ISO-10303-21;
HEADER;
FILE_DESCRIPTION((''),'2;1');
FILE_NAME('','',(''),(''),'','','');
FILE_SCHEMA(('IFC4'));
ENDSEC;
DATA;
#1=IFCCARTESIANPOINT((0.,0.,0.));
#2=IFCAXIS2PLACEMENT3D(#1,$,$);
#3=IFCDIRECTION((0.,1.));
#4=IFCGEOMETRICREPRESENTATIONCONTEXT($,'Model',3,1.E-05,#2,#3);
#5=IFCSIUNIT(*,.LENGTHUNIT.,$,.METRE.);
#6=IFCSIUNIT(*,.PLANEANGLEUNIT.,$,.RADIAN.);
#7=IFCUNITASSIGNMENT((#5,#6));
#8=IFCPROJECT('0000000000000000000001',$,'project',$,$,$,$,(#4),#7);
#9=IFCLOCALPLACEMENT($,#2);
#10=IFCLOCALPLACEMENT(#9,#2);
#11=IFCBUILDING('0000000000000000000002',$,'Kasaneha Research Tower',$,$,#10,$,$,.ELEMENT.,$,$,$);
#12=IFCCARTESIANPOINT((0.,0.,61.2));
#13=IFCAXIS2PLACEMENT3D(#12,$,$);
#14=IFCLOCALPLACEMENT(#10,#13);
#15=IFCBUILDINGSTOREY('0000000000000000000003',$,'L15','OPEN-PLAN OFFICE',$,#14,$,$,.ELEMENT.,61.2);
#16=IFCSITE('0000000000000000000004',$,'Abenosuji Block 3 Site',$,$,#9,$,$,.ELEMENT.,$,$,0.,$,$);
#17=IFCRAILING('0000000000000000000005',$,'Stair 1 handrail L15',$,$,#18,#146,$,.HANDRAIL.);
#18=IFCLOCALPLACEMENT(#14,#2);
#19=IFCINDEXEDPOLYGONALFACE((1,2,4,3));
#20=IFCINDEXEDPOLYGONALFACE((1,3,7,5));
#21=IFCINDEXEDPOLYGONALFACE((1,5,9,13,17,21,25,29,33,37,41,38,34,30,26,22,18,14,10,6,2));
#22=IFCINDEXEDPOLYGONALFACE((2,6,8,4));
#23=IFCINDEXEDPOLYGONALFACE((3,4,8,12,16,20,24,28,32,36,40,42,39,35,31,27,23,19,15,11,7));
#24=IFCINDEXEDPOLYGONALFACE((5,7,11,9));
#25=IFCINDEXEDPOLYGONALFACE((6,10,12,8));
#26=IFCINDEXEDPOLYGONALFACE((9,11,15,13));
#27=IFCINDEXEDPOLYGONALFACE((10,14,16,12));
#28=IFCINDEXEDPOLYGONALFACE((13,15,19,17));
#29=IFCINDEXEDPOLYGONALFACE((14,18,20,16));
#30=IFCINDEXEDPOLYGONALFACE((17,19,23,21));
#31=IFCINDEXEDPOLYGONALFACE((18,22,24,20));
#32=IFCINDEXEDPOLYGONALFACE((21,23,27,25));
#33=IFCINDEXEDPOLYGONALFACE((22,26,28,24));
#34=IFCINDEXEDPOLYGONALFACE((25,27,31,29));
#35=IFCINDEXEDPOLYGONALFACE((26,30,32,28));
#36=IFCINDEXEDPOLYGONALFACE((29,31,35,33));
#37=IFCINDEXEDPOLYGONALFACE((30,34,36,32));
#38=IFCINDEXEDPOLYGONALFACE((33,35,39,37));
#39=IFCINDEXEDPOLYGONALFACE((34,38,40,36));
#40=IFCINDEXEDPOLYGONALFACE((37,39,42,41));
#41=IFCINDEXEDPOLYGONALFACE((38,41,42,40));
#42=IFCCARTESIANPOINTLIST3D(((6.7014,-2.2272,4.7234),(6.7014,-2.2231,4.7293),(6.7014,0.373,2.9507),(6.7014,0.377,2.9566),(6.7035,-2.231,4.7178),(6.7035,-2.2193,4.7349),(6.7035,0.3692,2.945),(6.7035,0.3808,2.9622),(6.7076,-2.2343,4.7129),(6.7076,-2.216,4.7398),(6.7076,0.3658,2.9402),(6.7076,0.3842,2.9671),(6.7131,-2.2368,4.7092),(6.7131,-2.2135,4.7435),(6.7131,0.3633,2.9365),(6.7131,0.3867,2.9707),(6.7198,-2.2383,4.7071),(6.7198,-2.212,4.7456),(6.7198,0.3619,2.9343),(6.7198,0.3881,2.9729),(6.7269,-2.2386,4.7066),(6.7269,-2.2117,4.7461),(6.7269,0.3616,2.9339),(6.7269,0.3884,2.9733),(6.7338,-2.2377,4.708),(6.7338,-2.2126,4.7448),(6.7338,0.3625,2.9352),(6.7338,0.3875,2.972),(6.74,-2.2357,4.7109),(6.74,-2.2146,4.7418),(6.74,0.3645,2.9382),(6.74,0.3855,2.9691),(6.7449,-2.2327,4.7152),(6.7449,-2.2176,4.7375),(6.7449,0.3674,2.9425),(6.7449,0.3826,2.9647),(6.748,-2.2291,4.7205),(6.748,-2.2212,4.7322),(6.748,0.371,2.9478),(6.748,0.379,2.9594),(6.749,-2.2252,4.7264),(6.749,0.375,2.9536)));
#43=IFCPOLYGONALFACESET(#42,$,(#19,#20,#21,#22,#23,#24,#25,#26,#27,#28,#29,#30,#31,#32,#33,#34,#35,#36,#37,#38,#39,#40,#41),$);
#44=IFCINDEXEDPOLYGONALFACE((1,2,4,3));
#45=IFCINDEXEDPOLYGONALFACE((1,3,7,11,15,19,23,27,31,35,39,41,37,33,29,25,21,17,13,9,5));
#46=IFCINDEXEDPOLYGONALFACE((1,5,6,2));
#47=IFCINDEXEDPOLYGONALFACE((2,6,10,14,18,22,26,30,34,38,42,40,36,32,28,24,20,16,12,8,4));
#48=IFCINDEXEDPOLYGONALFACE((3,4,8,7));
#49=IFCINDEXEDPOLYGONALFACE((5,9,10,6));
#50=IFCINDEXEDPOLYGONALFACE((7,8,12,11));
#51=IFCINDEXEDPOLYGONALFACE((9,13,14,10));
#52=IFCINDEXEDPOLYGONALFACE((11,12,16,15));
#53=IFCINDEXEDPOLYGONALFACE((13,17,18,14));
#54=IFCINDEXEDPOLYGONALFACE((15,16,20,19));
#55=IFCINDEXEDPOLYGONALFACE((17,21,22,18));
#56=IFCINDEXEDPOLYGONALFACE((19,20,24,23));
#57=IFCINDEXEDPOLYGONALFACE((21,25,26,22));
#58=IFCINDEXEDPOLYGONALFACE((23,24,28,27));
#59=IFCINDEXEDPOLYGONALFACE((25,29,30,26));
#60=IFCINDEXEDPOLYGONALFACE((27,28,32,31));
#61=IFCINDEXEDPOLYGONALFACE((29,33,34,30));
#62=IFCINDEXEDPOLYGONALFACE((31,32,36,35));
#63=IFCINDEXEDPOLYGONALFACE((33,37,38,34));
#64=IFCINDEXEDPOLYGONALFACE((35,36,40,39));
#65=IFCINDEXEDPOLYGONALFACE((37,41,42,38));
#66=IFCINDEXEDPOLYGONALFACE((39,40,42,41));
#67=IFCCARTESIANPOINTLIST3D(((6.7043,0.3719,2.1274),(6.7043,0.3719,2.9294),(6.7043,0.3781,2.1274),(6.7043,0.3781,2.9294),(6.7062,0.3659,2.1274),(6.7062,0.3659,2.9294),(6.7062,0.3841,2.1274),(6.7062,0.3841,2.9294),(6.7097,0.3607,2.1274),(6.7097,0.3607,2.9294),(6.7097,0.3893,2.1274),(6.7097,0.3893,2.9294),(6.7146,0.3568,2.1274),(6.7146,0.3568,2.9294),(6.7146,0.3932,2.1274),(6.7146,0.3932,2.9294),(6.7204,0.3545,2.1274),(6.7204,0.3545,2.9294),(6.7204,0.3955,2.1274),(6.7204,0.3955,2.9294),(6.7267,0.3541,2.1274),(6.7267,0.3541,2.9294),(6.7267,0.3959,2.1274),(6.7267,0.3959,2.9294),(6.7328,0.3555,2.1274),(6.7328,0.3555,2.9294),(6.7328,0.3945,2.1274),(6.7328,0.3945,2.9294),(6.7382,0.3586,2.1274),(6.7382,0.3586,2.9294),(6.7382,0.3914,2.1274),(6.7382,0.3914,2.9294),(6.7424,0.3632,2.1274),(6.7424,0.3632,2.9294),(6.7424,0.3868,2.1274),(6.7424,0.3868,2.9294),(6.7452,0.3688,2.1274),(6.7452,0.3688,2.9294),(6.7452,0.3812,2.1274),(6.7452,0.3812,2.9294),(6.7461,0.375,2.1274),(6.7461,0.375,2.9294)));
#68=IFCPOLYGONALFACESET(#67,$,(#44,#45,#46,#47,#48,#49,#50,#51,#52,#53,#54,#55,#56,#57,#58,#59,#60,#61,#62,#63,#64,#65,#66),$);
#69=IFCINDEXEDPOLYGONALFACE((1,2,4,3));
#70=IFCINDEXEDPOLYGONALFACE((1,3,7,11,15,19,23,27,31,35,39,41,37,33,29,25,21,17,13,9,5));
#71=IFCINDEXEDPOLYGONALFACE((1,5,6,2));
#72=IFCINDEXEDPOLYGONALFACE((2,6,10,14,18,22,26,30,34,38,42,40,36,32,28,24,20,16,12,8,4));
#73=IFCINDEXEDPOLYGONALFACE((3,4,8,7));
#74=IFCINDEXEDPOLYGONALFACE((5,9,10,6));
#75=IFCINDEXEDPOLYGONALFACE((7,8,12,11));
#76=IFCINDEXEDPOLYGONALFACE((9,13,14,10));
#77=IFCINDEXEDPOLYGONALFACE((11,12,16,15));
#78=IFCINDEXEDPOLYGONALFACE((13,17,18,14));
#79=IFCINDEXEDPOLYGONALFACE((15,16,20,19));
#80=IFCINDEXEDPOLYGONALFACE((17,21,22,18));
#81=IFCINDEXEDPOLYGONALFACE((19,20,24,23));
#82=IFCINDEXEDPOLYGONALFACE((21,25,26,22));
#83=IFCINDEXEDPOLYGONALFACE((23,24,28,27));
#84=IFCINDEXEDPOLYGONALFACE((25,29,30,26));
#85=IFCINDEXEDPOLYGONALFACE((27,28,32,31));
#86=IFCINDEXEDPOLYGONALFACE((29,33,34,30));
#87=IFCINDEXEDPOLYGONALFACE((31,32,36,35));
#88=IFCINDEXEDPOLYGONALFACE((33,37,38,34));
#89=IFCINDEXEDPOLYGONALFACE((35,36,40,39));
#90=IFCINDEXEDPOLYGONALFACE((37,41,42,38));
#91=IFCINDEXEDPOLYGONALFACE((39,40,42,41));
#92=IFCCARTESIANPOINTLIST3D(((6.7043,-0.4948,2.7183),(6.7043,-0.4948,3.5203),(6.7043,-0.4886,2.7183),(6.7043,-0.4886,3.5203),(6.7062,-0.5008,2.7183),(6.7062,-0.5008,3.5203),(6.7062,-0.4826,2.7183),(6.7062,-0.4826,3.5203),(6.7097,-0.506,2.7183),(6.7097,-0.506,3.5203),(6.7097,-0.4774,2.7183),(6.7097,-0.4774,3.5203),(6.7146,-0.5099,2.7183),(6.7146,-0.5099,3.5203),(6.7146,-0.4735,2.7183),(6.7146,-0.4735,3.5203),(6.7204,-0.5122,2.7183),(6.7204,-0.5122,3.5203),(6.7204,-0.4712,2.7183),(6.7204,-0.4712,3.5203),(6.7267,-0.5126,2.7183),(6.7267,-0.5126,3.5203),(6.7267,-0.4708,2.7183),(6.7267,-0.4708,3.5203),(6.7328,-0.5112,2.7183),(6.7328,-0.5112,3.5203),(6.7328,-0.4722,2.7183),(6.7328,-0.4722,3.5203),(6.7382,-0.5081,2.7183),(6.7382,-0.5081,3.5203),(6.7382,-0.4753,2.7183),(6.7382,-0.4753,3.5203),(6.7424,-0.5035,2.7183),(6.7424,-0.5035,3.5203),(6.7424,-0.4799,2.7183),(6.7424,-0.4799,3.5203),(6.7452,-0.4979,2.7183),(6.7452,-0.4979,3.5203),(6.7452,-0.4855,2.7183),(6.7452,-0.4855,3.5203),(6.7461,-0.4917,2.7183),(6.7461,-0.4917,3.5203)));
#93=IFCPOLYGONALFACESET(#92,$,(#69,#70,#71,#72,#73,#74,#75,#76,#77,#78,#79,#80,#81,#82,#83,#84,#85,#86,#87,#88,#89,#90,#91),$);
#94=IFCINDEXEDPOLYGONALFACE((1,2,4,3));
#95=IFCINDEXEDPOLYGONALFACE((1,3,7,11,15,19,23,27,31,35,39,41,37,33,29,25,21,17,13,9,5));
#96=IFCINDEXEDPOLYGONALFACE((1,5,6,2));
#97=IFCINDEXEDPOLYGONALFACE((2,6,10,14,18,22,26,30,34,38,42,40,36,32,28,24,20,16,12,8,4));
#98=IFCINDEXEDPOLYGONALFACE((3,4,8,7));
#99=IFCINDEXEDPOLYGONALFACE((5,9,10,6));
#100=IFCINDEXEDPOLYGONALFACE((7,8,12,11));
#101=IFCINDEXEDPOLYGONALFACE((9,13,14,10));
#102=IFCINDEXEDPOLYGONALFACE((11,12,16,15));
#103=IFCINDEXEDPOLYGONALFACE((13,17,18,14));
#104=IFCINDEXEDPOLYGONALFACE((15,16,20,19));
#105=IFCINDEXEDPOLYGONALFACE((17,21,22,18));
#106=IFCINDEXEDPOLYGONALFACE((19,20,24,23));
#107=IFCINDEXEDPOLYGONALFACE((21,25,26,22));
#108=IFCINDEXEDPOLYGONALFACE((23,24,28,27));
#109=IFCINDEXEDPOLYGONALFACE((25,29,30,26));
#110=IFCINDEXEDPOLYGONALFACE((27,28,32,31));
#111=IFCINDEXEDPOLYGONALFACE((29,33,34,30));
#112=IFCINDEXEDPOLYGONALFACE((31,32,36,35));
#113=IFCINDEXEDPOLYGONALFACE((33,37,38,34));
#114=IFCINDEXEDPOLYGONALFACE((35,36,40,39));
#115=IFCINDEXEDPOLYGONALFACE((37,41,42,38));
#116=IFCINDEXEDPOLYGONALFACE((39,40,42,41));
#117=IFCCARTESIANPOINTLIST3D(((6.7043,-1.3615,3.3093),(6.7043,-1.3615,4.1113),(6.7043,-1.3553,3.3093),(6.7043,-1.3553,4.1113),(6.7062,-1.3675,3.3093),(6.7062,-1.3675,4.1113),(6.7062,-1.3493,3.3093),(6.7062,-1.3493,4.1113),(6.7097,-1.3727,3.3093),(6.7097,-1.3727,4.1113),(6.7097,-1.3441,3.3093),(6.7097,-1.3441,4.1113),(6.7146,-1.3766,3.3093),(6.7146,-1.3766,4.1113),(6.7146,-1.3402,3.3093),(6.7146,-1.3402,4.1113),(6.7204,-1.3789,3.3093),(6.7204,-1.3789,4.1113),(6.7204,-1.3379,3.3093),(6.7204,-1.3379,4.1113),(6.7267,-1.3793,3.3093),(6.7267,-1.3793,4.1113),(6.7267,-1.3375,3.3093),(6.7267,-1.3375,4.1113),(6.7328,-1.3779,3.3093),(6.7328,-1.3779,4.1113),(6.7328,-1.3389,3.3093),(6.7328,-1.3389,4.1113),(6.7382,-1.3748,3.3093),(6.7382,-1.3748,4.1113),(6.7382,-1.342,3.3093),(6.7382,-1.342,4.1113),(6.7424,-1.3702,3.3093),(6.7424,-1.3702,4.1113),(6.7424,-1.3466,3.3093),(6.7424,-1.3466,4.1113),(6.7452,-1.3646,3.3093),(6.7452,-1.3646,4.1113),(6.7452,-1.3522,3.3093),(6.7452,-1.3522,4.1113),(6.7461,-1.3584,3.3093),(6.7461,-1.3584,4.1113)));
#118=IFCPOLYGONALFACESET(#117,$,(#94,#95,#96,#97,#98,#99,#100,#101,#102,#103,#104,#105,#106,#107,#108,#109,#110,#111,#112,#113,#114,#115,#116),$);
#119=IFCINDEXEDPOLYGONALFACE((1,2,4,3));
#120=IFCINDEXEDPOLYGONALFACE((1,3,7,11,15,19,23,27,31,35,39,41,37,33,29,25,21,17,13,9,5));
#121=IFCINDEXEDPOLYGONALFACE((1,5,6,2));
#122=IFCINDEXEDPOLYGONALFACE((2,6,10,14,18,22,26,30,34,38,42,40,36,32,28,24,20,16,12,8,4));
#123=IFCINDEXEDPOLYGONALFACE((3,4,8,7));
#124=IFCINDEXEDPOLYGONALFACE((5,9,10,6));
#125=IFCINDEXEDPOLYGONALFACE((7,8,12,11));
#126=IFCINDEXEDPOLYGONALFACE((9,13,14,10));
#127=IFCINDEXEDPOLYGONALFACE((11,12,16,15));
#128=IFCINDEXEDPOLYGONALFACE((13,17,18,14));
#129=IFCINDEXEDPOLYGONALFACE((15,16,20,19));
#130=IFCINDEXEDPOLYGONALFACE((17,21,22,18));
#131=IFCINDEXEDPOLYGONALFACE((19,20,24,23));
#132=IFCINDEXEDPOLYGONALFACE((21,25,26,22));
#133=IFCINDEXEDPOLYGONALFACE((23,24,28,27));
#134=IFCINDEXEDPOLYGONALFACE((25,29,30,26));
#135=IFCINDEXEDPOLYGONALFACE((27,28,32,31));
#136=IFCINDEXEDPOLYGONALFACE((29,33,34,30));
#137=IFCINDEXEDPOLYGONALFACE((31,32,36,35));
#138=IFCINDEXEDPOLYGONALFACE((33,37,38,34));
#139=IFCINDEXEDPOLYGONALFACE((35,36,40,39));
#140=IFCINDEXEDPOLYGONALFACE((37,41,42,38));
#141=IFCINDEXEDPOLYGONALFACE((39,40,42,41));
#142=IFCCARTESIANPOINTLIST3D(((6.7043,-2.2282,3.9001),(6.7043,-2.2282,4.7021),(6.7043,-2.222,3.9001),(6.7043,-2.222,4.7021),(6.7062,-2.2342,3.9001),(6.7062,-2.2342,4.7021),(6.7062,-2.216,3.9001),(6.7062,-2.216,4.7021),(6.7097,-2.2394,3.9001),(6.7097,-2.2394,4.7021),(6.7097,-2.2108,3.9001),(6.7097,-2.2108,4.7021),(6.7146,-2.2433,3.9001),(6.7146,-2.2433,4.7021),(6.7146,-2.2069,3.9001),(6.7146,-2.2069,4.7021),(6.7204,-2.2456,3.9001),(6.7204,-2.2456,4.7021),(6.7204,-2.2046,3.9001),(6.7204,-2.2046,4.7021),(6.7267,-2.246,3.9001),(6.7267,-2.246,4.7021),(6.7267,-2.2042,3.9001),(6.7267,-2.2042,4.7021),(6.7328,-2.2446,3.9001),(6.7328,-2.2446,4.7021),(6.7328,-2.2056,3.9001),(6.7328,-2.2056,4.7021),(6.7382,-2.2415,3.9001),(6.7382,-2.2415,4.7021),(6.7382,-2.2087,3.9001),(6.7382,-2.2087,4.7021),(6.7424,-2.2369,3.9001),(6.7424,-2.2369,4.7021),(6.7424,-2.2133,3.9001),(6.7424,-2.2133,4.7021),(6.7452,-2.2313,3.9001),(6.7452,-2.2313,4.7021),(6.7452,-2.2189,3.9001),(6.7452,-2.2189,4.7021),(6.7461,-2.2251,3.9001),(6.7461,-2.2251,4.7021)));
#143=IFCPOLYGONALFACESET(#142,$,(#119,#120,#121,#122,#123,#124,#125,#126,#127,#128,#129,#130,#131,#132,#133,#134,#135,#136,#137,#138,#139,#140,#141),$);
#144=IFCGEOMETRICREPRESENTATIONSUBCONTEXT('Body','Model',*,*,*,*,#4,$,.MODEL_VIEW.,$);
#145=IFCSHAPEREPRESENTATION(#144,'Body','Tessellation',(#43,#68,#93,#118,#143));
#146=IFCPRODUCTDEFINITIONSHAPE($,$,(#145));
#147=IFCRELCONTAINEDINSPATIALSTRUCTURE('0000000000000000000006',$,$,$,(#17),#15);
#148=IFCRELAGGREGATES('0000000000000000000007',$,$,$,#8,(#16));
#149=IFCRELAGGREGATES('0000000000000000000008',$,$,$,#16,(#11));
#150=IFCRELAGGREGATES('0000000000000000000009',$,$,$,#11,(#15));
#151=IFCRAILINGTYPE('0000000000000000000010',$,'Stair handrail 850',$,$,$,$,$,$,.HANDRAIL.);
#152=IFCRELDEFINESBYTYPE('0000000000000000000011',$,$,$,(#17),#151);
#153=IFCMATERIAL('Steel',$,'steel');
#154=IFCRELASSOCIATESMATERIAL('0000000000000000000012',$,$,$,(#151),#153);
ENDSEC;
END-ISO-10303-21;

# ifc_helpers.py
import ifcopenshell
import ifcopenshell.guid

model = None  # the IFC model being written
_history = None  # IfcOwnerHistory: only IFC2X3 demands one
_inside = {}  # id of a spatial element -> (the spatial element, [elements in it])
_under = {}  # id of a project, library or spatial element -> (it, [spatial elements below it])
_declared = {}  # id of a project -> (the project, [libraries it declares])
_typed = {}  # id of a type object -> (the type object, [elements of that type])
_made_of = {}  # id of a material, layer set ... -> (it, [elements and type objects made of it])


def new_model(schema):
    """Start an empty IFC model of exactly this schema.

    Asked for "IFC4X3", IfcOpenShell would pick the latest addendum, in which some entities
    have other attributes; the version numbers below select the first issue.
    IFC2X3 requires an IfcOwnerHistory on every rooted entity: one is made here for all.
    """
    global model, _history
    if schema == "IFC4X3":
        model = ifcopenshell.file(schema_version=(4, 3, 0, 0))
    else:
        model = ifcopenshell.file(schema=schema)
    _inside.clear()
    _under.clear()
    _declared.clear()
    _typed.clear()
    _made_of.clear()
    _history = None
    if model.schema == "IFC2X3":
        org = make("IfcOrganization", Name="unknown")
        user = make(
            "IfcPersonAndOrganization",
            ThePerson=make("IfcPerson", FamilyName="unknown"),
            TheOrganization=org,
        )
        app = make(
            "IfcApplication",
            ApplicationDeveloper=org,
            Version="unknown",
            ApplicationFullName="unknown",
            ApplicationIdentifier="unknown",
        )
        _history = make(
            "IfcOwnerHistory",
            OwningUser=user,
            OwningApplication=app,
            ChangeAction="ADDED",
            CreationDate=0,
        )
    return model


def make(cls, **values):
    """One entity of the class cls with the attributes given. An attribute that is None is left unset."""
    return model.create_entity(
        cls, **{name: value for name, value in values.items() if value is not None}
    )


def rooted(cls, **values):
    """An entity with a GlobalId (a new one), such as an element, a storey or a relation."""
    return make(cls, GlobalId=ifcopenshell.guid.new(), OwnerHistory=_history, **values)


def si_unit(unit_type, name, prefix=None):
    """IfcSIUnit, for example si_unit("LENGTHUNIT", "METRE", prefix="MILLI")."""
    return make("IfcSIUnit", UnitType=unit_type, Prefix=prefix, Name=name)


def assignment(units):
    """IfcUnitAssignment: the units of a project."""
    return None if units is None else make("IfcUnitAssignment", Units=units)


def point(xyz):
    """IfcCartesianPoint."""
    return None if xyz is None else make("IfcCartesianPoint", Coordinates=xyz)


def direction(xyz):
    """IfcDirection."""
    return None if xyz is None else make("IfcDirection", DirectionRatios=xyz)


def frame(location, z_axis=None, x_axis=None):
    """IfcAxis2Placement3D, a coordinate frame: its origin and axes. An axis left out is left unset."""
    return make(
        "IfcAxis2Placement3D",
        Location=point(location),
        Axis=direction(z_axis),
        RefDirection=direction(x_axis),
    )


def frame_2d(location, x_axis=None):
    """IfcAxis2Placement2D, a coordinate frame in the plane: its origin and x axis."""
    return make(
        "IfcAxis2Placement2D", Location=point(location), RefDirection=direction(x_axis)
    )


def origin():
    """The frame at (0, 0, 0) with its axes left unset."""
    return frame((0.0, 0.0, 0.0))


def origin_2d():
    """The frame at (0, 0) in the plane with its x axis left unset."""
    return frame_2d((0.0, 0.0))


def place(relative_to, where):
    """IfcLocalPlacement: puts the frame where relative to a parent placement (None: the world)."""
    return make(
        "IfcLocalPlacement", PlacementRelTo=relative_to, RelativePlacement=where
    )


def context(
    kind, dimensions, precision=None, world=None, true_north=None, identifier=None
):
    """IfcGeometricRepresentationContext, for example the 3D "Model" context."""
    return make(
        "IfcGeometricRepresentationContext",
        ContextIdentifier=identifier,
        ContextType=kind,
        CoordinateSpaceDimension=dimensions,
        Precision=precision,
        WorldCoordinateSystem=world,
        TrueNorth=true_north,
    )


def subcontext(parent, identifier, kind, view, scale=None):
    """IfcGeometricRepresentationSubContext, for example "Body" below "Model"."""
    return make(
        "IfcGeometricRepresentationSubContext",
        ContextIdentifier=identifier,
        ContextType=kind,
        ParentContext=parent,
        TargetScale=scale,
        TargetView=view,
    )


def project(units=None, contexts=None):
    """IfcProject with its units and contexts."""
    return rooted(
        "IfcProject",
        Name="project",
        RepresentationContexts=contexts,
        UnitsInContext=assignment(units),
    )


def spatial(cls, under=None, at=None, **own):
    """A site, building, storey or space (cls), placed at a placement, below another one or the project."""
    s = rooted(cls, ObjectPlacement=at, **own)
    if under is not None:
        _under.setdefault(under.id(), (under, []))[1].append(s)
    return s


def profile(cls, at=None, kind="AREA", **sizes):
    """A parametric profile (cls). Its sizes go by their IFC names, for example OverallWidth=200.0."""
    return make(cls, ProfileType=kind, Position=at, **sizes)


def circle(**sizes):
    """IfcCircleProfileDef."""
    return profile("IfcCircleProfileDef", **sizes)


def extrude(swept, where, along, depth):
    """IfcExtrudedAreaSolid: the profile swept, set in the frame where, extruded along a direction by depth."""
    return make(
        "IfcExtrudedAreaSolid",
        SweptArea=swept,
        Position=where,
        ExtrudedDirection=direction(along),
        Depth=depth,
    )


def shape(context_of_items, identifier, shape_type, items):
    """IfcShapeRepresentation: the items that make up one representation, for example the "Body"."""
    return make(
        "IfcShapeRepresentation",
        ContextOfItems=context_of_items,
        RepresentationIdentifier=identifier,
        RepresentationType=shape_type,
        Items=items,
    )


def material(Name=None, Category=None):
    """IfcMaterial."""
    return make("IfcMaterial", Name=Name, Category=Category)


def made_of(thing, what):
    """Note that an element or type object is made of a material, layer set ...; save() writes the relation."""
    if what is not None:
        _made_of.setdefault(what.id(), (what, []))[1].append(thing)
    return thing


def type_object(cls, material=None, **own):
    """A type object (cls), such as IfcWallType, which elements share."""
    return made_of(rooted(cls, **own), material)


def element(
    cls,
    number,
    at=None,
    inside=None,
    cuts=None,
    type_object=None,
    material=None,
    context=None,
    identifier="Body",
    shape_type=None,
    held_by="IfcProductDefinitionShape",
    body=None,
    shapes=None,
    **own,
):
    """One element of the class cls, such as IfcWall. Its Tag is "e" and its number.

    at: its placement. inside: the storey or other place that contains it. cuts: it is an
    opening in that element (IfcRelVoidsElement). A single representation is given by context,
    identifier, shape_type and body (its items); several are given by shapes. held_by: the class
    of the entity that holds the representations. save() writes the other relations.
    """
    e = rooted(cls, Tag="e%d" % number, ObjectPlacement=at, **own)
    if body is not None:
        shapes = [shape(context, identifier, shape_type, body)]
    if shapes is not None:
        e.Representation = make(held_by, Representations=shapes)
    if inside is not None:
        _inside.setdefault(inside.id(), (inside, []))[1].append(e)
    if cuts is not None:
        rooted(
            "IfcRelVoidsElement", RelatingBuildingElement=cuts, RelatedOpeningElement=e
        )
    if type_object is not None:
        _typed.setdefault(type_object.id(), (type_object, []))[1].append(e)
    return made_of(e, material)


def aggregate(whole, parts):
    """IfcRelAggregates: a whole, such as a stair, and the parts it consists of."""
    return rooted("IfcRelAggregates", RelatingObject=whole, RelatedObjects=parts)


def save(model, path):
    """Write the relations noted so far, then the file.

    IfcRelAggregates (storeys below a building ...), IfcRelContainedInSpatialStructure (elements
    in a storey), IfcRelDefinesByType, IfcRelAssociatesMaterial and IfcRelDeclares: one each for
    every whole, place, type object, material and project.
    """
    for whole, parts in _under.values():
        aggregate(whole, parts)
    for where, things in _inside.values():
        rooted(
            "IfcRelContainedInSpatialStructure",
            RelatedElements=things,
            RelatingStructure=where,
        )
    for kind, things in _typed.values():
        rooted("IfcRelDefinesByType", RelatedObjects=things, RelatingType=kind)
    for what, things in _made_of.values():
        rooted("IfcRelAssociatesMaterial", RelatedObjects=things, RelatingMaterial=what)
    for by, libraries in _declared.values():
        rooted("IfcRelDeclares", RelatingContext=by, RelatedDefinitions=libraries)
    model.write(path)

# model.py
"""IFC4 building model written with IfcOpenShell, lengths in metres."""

from ifc_helpers import new_model, si_unit, direction, frame, origin, origin_2d, place, context, subcontext, project, spatial, circle, extrude, material, type_object, element, save


model = new_model("IFC4")

# Units and contexts
model_context = context("Model", 3, precision=1e-05, world=origin(), true_north=direction((0.0, 1.0)))
body_context = subcontext(model_context, "Body", "Model", "MODEL_VIEW")
ifc_project = project(units=[si_unit("LENGTHUNIT", "METRE"), si_unit("PLANEANGLEUNIT", "RADIAN")], contexts=[model_context])

# Site, building, storey
site_placement = place(None, origin())
site = spatial("IfcSite", under=ifc_project, at=site_placement, Name="Abenosuji Block 3 Site", CompositionType="ELEMENT", RefElevation=0.0)
building_placement = place(site_placement, origin())
building = spatial("IfcBuilding", under=site, at=building_placement, Name="Kasaneha Research Tower", CompositionType="ELEMENT")
storey_placement = place(building_placement, frame((0.0, 0.0, 61.2)))
storey = spatial("IfcBuildingStorey", under=building, at=storey_placement, Name="L15", Description="OPEN-PLAN OFFICE", CompositionType="ELEMENT", Elevation=61.2)

# Railing
ifc_material_1 = material(Name="Steel", Category="steel")
railing_type_1 = type_object("IfcRailingType", Name="Stair handrail 850", PredefinedType="HANDRAIL", material=ifc_material_1)
railing_1_placement = place(storey_placement, frame((6.7251, 0.375, 2.1274)))
element("IfcRailing", 1, at=railing_1_placement, inside=storey, type_object=railing_type_1, Name="Stair 1 handrail L15", PredefinedType="HANDRAIL", context=body_context, shape_type="SweptSolid", body=[
    extrude(circle(Radius=0.0239, at=origin_2d()), frame((0.0, 0.0, 0.8262), z_axis=(0.0, -0.82624, 0.563318), x_axis=(1.0, 0.0, 0.0)), (0.0, 0.0, 1.0), 3.147),
    extrude(circle(Radius=0.021, at=origin_2d()), origin(), (0.0, 0.0, 1.0), 0.802),
    extrude(circle(Radius=0.021, at=origin_2d()), frame((0.0, -0.8667, 0.5908)), (0.0, 0.0, 1.0), 0.802),
    extrude(circle(Radius=0.021, at=origin_2d()), frame((0.0, -1.7334, 1.1819)), (0.0, 0.0, 1.0), 0.802),
    extrude(circle(Radius=0.021, at=origin_2d()), frame((0.0, -2.6001, 1.7727)), (0.0, 0.0, 1.0), 0.802),
])

save(model, "model.ifc")
